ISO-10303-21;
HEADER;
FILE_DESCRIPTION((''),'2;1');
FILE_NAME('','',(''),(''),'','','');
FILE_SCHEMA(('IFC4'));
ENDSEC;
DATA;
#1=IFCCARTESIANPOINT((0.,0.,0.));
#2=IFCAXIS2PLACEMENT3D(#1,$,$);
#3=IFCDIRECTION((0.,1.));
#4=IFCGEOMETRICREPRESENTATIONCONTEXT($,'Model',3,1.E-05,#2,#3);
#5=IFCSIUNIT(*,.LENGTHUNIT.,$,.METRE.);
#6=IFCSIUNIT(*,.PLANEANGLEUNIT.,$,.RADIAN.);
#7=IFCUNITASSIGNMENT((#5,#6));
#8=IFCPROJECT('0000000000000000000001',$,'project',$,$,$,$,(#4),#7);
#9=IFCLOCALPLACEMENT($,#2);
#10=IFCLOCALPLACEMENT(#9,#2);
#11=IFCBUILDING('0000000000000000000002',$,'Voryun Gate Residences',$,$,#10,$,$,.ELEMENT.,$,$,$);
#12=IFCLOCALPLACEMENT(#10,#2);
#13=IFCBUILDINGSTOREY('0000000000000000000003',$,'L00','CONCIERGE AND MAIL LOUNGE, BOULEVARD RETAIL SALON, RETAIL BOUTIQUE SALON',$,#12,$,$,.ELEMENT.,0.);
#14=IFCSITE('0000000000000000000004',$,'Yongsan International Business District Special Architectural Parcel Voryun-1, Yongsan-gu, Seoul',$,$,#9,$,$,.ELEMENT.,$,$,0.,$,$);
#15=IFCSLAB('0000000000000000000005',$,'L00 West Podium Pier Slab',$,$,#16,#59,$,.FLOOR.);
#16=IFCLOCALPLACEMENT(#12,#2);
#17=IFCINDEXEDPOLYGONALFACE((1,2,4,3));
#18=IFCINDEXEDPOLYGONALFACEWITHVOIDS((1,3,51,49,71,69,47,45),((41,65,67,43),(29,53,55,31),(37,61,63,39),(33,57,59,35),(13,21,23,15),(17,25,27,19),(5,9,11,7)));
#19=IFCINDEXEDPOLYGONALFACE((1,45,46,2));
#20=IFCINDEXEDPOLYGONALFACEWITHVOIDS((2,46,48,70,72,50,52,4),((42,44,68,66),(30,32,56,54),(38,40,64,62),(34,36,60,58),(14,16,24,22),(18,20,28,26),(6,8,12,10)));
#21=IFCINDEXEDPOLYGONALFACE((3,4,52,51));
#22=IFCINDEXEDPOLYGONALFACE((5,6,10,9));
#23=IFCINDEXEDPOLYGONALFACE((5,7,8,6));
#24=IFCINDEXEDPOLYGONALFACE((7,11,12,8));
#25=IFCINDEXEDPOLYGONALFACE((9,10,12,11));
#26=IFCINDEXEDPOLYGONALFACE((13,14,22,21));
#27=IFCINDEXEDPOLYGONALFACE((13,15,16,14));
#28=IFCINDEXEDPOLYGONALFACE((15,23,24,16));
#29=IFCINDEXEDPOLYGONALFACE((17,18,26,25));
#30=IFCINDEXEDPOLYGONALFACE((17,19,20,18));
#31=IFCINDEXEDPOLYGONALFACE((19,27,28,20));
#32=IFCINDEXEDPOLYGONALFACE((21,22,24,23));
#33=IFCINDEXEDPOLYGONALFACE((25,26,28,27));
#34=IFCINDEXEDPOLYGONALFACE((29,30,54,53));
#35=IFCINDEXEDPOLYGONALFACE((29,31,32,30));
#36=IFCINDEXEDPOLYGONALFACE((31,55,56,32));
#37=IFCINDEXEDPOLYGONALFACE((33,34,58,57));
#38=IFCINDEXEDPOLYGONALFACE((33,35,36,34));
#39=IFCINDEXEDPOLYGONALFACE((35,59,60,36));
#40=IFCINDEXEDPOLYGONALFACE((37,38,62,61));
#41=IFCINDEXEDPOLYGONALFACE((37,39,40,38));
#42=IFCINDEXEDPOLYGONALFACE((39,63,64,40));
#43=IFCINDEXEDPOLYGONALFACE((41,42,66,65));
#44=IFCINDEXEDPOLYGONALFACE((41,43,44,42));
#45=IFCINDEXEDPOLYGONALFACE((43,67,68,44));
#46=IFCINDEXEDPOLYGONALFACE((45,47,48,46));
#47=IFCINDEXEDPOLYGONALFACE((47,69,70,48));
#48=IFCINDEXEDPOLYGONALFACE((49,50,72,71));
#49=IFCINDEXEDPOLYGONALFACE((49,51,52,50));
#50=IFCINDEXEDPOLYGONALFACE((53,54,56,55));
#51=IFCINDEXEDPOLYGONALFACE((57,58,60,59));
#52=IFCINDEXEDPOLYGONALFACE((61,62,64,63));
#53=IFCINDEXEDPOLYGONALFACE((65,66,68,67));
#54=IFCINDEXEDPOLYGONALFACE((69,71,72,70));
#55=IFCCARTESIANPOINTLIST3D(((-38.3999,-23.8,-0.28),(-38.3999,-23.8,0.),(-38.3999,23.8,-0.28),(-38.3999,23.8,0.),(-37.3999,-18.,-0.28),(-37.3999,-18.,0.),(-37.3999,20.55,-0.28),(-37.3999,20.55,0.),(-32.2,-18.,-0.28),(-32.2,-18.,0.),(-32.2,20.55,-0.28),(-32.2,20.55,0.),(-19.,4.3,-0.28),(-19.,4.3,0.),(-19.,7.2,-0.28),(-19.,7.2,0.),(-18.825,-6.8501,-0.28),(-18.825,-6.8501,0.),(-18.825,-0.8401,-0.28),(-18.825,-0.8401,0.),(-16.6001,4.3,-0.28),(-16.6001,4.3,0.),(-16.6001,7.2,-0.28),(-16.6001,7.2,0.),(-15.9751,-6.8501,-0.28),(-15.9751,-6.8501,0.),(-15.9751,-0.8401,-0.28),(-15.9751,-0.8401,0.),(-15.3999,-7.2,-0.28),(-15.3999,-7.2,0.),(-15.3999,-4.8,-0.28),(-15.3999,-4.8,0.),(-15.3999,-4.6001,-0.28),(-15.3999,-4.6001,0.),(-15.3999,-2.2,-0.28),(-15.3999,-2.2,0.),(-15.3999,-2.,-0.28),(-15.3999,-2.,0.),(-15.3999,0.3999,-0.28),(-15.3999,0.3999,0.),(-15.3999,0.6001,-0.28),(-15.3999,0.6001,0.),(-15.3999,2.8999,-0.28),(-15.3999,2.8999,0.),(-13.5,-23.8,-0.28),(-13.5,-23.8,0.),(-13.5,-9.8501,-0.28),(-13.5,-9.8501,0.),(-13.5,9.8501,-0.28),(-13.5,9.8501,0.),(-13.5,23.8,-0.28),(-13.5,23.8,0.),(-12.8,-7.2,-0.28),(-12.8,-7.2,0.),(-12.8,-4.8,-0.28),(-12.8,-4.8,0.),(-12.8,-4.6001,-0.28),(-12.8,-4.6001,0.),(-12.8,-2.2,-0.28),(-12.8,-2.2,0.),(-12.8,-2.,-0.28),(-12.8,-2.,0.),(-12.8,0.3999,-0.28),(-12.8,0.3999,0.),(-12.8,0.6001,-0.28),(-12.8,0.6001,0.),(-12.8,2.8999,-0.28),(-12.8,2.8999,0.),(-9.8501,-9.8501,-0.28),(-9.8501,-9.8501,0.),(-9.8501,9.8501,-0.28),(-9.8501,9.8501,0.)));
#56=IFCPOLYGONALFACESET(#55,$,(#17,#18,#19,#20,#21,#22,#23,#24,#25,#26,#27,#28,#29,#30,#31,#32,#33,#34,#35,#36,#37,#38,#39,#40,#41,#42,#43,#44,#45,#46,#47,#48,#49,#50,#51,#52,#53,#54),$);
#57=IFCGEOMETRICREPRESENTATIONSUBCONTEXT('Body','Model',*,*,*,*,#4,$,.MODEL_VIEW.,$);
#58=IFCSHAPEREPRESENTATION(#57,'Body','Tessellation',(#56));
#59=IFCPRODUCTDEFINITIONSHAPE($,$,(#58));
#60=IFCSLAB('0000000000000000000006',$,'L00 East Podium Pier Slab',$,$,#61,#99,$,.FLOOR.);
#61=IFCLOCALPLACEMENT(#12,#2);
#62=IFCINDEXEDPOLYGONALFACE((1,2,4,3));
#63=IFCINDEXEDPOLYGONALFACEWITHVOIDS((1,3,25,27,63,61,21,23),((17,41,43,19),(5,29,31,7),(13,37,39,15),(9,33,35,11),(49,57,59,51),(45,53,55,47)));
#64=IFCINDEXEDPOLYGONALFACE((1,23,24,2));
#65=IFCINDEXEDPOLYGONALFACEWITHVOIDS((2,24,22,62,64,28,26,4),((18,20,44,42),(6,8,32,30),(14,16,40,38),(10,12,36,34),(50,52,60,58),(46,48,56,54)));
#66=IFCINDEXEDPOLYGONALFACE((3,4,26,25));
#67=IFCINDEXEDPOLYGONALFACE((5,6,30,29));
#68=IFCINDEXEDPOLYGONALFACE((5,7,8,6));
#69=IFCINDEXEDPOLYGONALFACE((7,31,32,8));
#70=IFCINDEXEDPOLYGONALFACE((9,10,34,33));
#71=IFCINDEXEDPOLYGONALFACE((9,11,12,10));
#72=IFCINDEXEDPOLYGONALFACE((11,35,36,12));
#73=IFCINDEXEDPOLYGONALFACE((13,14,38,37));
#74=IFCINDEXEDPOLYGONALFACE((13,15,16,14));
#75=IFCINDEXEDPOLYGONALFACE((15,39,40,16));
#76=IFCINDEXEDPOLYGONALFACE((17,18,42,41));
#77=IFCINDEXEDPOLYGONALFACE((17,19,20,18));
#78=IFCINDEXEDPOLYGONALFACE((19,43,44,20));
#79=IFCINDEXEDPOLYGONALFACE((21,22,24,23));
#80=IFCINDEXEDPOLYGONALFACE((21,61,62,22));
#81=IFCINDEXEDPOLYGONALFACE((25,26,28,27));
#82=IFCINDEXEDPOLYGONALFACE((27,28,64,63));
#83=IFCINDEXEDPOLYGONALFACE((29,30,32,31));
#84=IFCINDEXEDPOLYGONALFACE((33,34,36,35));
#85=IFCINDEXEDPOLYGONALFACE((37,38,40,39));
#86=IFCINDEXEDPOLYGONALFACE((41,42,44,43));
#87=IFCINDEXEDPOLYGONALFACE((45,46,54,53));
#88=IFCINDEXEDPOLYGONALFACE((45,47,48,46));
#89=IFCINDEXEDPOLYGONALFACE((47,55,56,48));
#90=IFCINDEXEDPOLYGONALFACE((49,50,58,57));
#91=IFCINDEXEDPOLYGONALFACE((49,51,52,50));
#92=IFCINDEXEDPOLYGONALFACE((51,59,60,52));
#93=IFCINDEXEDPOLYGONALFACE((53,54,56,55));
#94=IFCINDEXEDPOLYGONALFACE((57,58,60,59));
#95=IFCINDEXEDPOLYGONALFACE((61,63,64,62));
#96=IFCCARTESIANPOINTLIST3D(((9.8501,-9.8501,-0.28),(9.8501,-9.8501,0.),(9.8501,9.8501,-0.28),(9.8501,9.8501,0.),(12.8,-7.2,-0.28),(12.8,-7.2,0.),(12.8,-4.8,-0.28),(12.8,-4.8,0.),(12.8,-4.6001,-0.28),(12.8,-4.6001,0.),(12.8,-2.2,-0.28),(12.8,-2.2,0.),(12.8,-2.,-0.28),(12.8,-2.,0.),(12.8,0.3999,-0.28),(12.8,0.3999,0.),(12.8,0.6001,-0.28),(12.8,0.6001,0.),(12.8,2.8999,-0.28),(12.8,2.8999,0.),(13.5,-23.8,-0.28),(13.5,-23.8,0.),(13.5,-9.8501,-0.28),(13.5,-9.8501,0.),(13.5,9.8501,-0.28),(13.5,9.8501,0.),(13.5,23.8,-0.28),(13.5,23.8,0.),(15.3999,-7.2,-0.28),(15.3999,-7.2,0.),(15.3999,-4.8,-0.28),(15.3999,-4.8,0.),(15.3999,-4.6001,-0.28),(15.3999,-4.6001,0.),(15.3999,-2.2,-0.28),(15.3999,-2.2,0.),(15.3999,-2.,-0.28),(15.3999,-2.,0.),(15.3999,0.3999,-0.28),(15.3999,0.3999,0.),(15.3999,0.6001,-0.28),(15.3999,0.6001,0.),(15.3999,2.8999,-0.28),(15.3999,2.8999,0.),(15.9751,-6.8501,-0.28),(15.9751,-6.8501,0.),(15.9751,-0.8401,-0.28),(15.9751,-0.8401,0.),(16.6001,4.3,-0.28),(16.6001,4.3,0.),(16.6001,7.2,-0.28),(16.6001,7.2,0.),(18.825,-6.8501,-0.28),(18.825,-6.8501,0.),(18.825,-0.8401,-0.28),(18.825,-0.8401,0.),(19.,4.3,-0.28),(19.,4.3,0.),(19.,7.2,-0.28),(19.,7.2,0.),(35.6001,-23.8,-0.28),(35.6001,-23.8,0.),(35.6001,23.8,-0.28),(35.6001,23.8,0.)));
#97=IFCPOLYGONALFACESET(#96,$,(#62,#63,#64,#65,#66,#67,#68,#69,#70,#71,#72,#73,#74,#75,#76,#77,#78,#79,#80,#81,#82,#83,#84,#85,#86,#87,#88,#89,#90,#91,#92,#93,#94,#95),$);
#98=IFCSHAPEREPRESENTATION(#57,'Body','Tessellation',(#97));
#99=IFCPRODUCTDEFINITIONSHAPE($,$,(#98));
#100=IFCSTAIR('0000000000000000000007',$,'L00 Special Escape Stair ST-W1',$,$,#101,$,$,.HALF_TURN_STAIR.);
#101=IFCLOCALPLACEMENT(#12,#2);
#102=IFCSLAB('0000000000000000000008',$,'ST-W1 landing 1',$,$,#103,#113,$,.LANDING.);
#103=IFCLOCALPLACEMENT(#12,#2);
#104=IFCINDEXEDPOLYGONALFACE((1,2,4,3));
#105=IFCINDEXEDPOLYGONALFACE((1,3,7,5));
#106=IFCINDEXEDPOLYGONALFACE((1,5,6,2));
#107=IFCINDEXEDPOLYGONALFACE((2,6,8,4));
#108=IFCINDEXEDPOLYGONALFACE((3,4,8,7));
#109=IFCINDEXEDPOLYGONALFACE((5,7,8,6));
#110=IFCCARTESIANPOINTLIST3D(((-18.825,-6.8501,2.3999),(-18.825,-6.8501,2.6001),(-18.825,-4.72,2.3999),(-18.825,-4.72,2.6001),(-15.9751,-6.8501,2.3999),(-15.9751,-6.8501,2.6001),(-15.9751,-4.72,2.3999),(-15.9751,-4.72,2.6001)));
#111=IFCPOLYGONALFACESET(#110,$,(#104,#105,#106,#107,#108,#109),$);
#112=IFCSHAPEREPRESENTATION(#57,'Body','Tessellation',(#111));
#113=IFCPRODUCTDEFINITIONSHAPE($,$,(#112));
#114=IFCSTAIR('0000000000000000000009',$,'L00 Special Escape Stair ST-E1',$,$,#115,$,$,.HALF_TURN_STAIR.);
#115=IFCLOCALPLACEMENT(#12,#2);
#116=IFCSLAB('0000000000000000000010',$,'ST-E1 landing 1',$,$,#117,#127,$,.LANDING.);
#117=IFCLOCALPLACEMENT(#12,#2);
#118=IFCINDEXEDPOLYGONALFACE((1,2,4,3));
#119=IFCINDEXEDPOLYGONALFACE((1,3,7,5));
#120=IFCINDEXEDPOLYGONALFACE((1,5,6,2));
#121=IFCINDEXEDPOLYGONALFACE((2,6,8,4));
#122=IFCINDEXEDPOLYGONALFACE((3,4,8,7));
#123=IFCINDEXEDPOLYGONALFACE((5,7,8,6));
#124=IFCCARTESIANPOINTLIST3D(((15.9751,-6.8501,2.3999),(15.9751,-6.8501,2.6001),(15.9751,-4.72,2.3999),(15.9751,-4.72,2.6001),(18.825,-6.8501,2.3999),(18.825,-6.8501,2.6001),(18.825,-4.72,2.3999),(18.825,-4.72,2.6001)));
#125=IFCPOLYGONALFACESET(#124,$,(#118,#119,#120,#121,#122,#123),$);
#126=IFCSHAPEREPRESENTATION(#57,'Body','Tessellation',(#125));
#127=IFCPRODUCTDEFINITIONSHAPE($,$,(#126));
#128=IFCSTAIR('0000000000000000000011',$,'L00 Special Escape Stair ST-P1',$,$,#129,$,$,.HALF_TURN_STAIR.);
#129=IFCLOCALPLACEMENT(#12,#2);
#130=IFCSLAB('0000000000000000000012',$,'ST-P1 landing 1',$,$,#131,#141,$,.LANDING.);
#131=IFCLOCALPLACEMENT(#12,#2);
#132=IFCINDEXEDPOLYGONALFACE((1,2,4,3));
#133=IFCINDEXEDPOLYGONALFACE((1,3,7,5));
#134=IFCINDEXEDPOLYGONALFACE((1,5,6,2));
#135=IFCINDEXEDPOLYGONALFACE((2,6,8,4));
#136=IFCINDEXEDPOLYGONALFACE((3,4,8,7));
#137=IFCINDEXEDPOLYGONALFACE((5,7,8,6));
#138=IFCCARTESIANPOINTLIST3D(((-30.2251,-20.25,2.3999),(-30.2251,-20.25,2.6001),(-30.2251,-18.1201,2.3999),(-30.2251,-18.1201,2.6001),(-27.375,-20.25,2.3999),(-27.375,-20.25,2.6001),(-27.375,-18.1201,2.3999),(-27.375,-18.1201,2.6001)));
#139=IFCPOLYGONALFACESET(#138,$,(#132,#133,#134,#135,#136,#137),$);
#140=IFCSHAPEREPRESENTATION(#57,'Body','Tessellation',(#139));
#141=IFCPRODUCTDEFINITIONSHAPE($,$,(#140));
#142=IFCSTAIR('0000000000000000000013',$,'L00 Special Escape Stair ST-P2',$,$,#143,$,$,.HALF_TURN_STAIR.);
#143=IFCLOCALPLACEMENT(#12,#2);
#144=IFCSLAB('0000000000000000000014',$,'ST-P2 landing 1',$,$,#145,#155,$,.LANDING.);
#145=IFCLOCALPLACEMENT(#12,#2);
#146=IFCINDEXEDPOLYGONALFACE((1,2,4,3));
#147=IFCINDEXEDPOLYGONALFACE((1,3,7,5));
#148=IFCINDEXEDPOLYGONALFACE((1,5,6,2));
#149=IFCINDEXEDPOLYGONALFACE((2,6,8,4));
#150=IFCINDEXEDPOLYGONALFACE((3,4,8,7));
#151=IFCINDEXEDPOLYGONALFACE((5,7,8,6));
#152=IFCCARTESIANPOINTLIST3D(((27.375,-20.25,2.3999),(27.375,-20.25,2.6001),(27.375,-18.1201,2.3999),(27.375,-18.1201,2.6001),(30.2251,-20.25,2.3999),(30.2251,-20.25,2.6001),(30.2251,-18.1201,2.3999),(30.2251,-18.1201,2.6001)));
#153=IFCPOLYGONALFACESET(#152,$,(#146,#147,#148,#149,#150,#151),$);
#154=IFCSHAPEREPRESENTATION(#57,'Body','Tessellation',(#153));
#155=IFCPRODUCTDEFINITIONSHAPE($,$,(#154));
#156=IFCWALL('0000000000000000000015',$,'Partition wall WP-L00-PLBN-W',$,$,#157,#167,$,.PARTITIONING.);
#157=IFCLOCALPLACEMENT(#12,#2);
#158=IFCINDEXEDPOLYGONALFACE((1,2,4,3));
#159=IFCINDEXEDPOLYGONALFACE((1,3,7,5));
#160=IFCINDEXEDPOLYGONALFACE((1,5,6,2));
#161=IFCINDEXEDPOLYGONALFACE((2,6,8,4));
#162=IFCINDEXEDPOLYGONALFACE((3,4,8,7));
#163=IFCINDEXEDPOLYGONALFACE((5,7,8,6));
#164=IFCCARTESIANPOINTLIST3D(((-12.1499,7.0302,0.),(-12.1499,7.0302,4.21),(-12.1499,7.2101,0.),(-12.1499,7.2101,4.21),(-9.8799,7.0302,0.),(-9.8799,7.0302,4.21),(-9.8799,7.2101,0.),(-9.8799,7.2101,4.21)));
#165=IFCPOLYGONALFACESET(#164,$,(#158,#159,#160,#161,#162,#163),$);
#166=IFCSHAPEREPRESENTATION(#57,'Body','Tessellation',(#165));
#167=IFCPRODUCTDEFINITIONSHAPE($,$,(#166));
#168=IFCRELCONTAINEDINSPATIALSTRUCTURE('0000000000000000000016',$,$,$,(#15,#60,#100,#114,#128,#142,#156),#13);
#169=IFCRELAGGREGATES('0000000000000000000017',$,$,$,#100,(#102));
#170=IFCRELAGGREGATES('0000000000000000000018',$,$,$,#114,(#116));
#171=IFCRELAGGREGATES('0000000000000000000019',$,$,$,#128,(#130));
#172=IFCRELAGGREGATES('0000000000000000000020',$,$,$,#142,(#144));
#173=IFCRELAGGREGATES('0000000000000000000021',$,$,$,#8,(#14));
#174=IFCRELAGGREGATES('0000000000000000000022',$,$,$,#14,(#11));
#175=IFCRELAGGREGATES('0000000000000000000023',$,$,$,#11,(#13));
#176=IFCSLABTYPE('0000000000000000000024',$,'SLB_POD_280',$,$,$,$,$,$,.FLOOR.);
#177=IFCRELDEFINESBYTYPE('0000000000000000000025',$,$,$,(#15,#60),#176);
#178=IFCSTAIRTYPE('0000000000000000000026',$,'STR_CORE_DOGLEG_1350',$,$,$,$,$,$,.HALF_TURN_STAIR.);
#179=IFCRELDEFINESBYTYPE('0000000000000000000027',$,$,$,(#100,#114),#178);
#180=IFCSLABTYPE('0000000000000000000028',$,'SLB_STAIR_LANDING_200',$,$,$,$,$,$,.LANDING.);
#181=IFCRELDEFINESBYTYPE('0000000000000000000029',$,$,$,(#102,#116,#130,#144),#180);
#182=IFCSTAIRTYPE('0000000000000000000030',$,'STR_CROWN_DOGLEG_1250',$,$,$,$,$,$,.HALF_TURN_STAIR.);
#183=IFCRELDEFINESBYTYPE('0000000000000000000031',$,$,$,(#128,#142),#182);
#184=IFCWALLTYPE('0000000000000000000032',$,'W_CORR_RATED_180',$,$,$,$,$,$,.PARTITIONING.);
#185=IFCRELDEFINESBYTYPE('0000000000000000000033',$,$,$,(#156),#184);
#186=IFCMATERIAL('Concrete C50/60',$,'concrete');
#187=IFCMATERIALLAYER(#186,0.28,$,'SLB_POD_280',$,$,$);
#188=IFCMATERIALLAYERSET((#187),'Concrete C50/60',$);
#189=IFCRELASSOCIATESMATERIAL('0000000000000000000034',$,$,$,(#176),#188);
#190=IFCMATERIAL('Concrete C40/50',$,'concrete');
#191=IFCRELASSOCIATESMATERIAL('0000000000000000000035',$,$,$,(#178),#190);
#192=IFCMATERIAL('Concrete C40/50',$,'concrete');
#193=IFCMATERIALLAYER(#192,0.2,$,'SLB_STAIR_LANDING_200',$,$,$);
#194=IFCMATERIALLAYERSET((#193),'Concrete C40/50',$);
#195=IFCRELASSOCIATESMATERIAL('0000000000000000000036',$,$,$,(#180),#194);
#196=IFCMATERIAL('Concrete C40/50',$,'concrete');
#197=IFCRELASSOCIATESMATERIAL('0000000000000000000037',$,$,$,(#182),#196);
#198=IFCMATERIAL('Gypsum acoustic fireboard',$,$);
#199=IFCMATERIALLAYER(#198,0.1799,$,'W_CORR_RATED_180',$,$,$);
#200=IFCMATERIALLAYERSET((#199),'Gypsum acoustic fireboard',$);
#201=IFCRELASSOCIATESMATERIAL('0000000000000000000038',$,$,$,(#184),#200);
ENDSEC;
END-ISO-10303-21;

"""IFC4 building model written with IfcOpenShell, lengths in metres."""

from ifc_helpers import new_model, si_unit, direction, frame, frame_2d, origin, place, context, subcontext, project, spatial, polyline, rectangle, outline, extrude, material, layer, layer_set, type_object, element, aggregate, save


model = new_model("IFC4")

# Units and contexts
model_context = context("Model", 3, precision=1e-05, world=origin(), true_north=direction((0.0, 1.0)))
body_context = subcontext(model_context, "Body", "Model", "MODEL_VIEW")
ifc_project = project(units=[si_unit("LENGTHUNIT", "METRE"), si_unit("PLANEANGLEUNIT", "RADIAN")], contexts=[model_context])

# Site, building, storey
site_placement = place(None, origin())
site = spatial("IfcSite", under=ifc_project, at=site_placement, Name="Yongsan International Business District Special Architectural Parcel Voryun-1, Yongsan-gu, Seoul", CompositionType="ELEMENT", RefElevation=0.0)
building_placement = place(site_placement, origin())
building = spatial("IfcBuilding", under=site, at=building_placement, Name="Voryun Gate Residences", CompositionType="ELEMENT")
storey_placement = place(building_placement, origin())
storey = spatial("IfcBuildingStorey", under=building, at=storey_placement, Name="L00", Description="CONCIERGE AND MAIL LOUNGE, BOULEVARD RETAIL SALON, RETAIL BOUTIQUE SALON", CompositionType="ELEMENT", Elevation=0.0)

# Slabs
ifc_material_1 = material(Name="Concrete C50/60", Category="concrete")
ifc_layer_1 = layer(ifc_material_1, 0.28, Name="SLB_POD_280")
ifc_layer_set_1 = layer_set([ifc_layer_1], Name="Concrete C50/60")
slab_type_1 = type_object("IfcSlabType", Name="SLB_POD_280", PredefinedType="FLOOR", material=ifc_layer_set_1)
slab_1_placement = place(storey_placement, frame((0.0, 0.0, -0.28)))
element("IfcSlab", 1, at=slab_1_placement, inside=storey, type_object=slab_type_1, Name="L00 West Podium Pier Slab", PredefinedType="FLOOR", context=body_context, shape_type="SweptSolid", body=[
    extrude(outline(polyline([(-38.3999, -23.8), (-38.3999, 23.8), (-13.5, 23.8), (-13.5, 9.8501), (-9.8501, 9.8501), (-9.8501, -9.8501), (-13.5, -9.8501), (-13.5, -23.8), (-38.3999, -23.8)]), holes=[polyline([(-12.8, -4.8), (-15.3999, -4.8), (-15.3999, -7.2), (-12.8, -7.2), (-12.8, -4.8)]), polyline([(-18.825, -6.8501), (-15.9751, -6.8501), (-15.9751, -0.8401), (-18.825, -0.8401), (-18.825, -6.8501)]), polyline([(-12.8, -4.6001), (-12.8, -2.2), (-15.3999, -2.2), (-15.3999, -4.6001), (-12.8, -4.6001)]), polyline([(-12.8, 0.3999), (-15.3999, 0.3999), (-15.3999, -2.0), (-12.8, -2.0), (-12.8, 0.3999)]), polyline([(-32.2, -18.0), (-32.2, 20.55), (-37.3999, 20.55), (-37.3999, -18.0), (-32.2, -18.0)]), polyline([(-12.8, 0.6001), (-12.8, 2.8999), (-15.3999, 2.8999), (-15.3999, 0.6001), (-12.8, 0.6001)]), polyline([(-16.6001, 7.2), (-19.0, 7.2), (-19.0, 4.3), (-16.6001, 4.3), (-16.6001, 7.2)])]), origin(), (0.0, 0.0, 1.0), 0.28),
])
slab_2_placement = place(storey_placement, frame((0.0, 0.0, -0.28)))
element("IfcSlab", 2, at=slab_2_placement, inside=storey, type_object=slab_type_1, Name="L00 East Podium Pier Slab", PredefinedType="FLOOR", context=body_context, shape_type="SweptSolid", body=[
    extrude(outline(polyline([(9.8501, 9.8501), (13.5, 9.8501), (13.5, 23.8), (35.6001, 23.8), (35.6001, -23.8), (13.5, -23.8), (13.5, -9.8501), (9.8501, -9.8501), (9.8501, 9.8501)]), holes=[polyline([(15.3999, -7.2), (15.3999, -4.8), (12.8, -4.8), (12.8, -7.2), (15.3999, -7.2)]), polyline([(15.9751, -6.8501), (18.825, -6.8501), (18.825, -0.8401), (15.9751, -0.8401), (15.9751, -6.8501)]), polyline([(15.3999, -4.6001), (15.3999, -2.2), (12.8, -2.2), (12.8, -4.6001), (15.3999, -4.6001)]), polyline([(15.3999, -2.0), (15.3999, 0.3999), (12.8, 0.3999), (12.8, -2.0), (15.3999, -2.0)]), polyline([(15.3999, 0.6001), (15.3999, 2.8999), (12.8, 2.8999), (12.8, 0.6001), (15.3999, 0.6001)]), polyline([(19.0, 4.3), (19.0, 7.2), (16.6001, 7.2), (16.6001, 4.3), (19.0, 4.3)])]), origin(), (0.0, 0.0, 1.0), 0.28),
])

# Stairs, slabs
ifc_material_2 = material(Name="Concrete C40/50", Category="concrete")
stair_type_1 = type_object("IfcStairType", Name="STR_CORE_DOGLEG_1350", PredefinedType="HALF_TURN_STAIR", material=ifc_material_2)
stair_1_placement = place(storey_placement, origin())
stair_1 = element("IfcStair", 3, at=stair_1_placement, inside=storey, type_object=stair_type_1, Name="L00 Special Escape Stair ST-W1", PredefinedType="HALF_TURN_STAIR")
ifc_material_3 = material(Name="Concrete C40/50", Category="concrete")
ifc_layer_2 = layer(ifc_material_3, 0.2, Name="SLB_STAIR_LANDING_200")
ifc_layer_set_2 = layer_set([ifc_layer_2], Name="Concrete C40/50")
slab_type_2 = type_object("IfcSlabType", Name="SLB_STAIR_LANDING_200", PredefinedType="LANDING", material=ifc_layer_set_2)
slab_3_placement = place(storey_placement, frame((0.0, 0.0, 2.3999)))
slab_3 = element("IfcSlab", 4, at=slab_3_placement, type_object=slab_type_2, Name="ST-W1 landing 1", PredefinedType="LANDING", context=body_context, shape_type="SweptSolid", body=[
    extrude(outline(polyline([(-18.825, -4.72), (-18.825, -6.8501), (-15.9751, -6.8501), (-15.9751, -4.72), (-18.825, -4.72)])), origin(), (0.0, 0.0, 1.0), 0.2002),
])
aggregate(stair_1, [slab_3])
stair_2_placement = place(storey_placement, origin())
stair_2 = element("IfcStair", 5, at=stair_2_placement, inside=storey, type_object=stair_type_1, Name="L00 Special Escape Stair ST-E1", PredefinedType="HALF_TURN_STAIR")
slab_4_placement = place(storey_placement, frame((0.0, 0.0, 2.3999)))
slab_4 = element("IfcSlab", 6, at=slab_4_placement, type_object=slab_type_2, Name="ST-E1 landing 1", PredefinedType="LANDING", context=body_context, shape_type="SweptSolid", body=[
    extrude(outline(polyline([(15.9751, -4.72), (15.9751, -6.8501), (18.825, -6.8501), (18.825, -4.72), (15.9751, -4.72)])), origin(), (0.0, 0.0, 1.0), 0.2002),
])
aggregate(stair_2, [slab_4])
ifc_material_4 = material(Name="Concrete C40/50", Category="concrete")
stair_type_2 = type_object("IfcStairType", Name="STR_CROWN_DOGLEG_1250", PredefinedType="HALF_TURN_STAIR", material=ifc_material_4)
stair_3_placement = place(storey_placement, origin())
stair_3 = element("IfcStair", 7, at=stair_3_placement, inside=storey, type_object=stair_type_2, Name="L00 Special Escape Stair ST-P1", PredefinedType="HALF_TURN_STAIR")
slab_5_placement = place(storey_placement, frame((0.0, 0.0, 2.3999)))
slab_5 = element("IfcSlab", 8, at=slab_5_placement, type_object=slab_type_2, Name="ST-P1 landing 1", PredefinedType="LANDING", context=body_context, shape_type="SweptSolid", body=[
    extrude(outline(polyline([(-30.2251, -18.1201), (-30.2251, -20.25), (-27.375, -20.25), (-27.375, -18.1201), (-30.2251, -18.1201)])), origin(), (0.0, 0.0, 1.0), 0.2002),
])
aggregate(stair_3, [slab_5])
stair_4_placement = place(storey_placement, origin())
stair_4 = element("IfcStair", 9, at=stair_4_placement, inside=storey, type_object=stair_type_2, Name="L00 Special Escape Stair ST-P2", PredefinedType="HALF_TURN_STAIR")
slab_6_placement = place(storey_placement, frame((0.0, 0.0, 2.3999)))
slab_6 = element("IfcSlab", 10, at=slab_6_placement, type_object=slab_type_2, Name="ST-P2 landing 1", PredefinedType="LANDING", context=body_context, shape_type="SweptSolid", body=[
    extrude(outline(polyline([(27.375, -18.1201), (27.375, -20.25), (30.2251, -20.25), (30.2251, -18.1201), (27.375, -18.1201)])), origin(), (0.0, 0.0, 1.0), 0.2002),
])
aggregate(stair_4, [slab_6])

# Wall
ifc_material_5 = material(Name="Gypsum acoustic fireboard")
ifc_layer_3 = layer(ifc_material_5, 0.1799, Name="W_CORR_RATED_180")
ifc_layer_set_3 = layer_set([ifc_layer_3], Name="Gypsum acoustic fireboard")
wall_type_1 = type_object("IfcWallType", Name="W_CORR_RATED_180", PredefinedType="PARTITIONING", material=ifc_layer_set_3)
wall_1_placement = place(storey_placement, frame((-12.1499, 7.1201, 0.0), z_axis=(0.0, 0.0, 1.0), x_axis=(1.0, 0.0, 0.0)))
element("IfcWall", 11, at=wall_1_placement, inside=storey, type_object=wall_type_1, Name="Partition wall WP-L00-PLBN-W", PredefinedType="PARTITIONING", context=body_context, shape_type="SweptSolid", body=[
    extrude(rectangle(XDim=2.27, YDim=0.1799, at=frame_2d((1.135, 0.0))), origin(), (0.0, 0.0, 1.0), 4.21),
])

save(model, "model.ifc")
